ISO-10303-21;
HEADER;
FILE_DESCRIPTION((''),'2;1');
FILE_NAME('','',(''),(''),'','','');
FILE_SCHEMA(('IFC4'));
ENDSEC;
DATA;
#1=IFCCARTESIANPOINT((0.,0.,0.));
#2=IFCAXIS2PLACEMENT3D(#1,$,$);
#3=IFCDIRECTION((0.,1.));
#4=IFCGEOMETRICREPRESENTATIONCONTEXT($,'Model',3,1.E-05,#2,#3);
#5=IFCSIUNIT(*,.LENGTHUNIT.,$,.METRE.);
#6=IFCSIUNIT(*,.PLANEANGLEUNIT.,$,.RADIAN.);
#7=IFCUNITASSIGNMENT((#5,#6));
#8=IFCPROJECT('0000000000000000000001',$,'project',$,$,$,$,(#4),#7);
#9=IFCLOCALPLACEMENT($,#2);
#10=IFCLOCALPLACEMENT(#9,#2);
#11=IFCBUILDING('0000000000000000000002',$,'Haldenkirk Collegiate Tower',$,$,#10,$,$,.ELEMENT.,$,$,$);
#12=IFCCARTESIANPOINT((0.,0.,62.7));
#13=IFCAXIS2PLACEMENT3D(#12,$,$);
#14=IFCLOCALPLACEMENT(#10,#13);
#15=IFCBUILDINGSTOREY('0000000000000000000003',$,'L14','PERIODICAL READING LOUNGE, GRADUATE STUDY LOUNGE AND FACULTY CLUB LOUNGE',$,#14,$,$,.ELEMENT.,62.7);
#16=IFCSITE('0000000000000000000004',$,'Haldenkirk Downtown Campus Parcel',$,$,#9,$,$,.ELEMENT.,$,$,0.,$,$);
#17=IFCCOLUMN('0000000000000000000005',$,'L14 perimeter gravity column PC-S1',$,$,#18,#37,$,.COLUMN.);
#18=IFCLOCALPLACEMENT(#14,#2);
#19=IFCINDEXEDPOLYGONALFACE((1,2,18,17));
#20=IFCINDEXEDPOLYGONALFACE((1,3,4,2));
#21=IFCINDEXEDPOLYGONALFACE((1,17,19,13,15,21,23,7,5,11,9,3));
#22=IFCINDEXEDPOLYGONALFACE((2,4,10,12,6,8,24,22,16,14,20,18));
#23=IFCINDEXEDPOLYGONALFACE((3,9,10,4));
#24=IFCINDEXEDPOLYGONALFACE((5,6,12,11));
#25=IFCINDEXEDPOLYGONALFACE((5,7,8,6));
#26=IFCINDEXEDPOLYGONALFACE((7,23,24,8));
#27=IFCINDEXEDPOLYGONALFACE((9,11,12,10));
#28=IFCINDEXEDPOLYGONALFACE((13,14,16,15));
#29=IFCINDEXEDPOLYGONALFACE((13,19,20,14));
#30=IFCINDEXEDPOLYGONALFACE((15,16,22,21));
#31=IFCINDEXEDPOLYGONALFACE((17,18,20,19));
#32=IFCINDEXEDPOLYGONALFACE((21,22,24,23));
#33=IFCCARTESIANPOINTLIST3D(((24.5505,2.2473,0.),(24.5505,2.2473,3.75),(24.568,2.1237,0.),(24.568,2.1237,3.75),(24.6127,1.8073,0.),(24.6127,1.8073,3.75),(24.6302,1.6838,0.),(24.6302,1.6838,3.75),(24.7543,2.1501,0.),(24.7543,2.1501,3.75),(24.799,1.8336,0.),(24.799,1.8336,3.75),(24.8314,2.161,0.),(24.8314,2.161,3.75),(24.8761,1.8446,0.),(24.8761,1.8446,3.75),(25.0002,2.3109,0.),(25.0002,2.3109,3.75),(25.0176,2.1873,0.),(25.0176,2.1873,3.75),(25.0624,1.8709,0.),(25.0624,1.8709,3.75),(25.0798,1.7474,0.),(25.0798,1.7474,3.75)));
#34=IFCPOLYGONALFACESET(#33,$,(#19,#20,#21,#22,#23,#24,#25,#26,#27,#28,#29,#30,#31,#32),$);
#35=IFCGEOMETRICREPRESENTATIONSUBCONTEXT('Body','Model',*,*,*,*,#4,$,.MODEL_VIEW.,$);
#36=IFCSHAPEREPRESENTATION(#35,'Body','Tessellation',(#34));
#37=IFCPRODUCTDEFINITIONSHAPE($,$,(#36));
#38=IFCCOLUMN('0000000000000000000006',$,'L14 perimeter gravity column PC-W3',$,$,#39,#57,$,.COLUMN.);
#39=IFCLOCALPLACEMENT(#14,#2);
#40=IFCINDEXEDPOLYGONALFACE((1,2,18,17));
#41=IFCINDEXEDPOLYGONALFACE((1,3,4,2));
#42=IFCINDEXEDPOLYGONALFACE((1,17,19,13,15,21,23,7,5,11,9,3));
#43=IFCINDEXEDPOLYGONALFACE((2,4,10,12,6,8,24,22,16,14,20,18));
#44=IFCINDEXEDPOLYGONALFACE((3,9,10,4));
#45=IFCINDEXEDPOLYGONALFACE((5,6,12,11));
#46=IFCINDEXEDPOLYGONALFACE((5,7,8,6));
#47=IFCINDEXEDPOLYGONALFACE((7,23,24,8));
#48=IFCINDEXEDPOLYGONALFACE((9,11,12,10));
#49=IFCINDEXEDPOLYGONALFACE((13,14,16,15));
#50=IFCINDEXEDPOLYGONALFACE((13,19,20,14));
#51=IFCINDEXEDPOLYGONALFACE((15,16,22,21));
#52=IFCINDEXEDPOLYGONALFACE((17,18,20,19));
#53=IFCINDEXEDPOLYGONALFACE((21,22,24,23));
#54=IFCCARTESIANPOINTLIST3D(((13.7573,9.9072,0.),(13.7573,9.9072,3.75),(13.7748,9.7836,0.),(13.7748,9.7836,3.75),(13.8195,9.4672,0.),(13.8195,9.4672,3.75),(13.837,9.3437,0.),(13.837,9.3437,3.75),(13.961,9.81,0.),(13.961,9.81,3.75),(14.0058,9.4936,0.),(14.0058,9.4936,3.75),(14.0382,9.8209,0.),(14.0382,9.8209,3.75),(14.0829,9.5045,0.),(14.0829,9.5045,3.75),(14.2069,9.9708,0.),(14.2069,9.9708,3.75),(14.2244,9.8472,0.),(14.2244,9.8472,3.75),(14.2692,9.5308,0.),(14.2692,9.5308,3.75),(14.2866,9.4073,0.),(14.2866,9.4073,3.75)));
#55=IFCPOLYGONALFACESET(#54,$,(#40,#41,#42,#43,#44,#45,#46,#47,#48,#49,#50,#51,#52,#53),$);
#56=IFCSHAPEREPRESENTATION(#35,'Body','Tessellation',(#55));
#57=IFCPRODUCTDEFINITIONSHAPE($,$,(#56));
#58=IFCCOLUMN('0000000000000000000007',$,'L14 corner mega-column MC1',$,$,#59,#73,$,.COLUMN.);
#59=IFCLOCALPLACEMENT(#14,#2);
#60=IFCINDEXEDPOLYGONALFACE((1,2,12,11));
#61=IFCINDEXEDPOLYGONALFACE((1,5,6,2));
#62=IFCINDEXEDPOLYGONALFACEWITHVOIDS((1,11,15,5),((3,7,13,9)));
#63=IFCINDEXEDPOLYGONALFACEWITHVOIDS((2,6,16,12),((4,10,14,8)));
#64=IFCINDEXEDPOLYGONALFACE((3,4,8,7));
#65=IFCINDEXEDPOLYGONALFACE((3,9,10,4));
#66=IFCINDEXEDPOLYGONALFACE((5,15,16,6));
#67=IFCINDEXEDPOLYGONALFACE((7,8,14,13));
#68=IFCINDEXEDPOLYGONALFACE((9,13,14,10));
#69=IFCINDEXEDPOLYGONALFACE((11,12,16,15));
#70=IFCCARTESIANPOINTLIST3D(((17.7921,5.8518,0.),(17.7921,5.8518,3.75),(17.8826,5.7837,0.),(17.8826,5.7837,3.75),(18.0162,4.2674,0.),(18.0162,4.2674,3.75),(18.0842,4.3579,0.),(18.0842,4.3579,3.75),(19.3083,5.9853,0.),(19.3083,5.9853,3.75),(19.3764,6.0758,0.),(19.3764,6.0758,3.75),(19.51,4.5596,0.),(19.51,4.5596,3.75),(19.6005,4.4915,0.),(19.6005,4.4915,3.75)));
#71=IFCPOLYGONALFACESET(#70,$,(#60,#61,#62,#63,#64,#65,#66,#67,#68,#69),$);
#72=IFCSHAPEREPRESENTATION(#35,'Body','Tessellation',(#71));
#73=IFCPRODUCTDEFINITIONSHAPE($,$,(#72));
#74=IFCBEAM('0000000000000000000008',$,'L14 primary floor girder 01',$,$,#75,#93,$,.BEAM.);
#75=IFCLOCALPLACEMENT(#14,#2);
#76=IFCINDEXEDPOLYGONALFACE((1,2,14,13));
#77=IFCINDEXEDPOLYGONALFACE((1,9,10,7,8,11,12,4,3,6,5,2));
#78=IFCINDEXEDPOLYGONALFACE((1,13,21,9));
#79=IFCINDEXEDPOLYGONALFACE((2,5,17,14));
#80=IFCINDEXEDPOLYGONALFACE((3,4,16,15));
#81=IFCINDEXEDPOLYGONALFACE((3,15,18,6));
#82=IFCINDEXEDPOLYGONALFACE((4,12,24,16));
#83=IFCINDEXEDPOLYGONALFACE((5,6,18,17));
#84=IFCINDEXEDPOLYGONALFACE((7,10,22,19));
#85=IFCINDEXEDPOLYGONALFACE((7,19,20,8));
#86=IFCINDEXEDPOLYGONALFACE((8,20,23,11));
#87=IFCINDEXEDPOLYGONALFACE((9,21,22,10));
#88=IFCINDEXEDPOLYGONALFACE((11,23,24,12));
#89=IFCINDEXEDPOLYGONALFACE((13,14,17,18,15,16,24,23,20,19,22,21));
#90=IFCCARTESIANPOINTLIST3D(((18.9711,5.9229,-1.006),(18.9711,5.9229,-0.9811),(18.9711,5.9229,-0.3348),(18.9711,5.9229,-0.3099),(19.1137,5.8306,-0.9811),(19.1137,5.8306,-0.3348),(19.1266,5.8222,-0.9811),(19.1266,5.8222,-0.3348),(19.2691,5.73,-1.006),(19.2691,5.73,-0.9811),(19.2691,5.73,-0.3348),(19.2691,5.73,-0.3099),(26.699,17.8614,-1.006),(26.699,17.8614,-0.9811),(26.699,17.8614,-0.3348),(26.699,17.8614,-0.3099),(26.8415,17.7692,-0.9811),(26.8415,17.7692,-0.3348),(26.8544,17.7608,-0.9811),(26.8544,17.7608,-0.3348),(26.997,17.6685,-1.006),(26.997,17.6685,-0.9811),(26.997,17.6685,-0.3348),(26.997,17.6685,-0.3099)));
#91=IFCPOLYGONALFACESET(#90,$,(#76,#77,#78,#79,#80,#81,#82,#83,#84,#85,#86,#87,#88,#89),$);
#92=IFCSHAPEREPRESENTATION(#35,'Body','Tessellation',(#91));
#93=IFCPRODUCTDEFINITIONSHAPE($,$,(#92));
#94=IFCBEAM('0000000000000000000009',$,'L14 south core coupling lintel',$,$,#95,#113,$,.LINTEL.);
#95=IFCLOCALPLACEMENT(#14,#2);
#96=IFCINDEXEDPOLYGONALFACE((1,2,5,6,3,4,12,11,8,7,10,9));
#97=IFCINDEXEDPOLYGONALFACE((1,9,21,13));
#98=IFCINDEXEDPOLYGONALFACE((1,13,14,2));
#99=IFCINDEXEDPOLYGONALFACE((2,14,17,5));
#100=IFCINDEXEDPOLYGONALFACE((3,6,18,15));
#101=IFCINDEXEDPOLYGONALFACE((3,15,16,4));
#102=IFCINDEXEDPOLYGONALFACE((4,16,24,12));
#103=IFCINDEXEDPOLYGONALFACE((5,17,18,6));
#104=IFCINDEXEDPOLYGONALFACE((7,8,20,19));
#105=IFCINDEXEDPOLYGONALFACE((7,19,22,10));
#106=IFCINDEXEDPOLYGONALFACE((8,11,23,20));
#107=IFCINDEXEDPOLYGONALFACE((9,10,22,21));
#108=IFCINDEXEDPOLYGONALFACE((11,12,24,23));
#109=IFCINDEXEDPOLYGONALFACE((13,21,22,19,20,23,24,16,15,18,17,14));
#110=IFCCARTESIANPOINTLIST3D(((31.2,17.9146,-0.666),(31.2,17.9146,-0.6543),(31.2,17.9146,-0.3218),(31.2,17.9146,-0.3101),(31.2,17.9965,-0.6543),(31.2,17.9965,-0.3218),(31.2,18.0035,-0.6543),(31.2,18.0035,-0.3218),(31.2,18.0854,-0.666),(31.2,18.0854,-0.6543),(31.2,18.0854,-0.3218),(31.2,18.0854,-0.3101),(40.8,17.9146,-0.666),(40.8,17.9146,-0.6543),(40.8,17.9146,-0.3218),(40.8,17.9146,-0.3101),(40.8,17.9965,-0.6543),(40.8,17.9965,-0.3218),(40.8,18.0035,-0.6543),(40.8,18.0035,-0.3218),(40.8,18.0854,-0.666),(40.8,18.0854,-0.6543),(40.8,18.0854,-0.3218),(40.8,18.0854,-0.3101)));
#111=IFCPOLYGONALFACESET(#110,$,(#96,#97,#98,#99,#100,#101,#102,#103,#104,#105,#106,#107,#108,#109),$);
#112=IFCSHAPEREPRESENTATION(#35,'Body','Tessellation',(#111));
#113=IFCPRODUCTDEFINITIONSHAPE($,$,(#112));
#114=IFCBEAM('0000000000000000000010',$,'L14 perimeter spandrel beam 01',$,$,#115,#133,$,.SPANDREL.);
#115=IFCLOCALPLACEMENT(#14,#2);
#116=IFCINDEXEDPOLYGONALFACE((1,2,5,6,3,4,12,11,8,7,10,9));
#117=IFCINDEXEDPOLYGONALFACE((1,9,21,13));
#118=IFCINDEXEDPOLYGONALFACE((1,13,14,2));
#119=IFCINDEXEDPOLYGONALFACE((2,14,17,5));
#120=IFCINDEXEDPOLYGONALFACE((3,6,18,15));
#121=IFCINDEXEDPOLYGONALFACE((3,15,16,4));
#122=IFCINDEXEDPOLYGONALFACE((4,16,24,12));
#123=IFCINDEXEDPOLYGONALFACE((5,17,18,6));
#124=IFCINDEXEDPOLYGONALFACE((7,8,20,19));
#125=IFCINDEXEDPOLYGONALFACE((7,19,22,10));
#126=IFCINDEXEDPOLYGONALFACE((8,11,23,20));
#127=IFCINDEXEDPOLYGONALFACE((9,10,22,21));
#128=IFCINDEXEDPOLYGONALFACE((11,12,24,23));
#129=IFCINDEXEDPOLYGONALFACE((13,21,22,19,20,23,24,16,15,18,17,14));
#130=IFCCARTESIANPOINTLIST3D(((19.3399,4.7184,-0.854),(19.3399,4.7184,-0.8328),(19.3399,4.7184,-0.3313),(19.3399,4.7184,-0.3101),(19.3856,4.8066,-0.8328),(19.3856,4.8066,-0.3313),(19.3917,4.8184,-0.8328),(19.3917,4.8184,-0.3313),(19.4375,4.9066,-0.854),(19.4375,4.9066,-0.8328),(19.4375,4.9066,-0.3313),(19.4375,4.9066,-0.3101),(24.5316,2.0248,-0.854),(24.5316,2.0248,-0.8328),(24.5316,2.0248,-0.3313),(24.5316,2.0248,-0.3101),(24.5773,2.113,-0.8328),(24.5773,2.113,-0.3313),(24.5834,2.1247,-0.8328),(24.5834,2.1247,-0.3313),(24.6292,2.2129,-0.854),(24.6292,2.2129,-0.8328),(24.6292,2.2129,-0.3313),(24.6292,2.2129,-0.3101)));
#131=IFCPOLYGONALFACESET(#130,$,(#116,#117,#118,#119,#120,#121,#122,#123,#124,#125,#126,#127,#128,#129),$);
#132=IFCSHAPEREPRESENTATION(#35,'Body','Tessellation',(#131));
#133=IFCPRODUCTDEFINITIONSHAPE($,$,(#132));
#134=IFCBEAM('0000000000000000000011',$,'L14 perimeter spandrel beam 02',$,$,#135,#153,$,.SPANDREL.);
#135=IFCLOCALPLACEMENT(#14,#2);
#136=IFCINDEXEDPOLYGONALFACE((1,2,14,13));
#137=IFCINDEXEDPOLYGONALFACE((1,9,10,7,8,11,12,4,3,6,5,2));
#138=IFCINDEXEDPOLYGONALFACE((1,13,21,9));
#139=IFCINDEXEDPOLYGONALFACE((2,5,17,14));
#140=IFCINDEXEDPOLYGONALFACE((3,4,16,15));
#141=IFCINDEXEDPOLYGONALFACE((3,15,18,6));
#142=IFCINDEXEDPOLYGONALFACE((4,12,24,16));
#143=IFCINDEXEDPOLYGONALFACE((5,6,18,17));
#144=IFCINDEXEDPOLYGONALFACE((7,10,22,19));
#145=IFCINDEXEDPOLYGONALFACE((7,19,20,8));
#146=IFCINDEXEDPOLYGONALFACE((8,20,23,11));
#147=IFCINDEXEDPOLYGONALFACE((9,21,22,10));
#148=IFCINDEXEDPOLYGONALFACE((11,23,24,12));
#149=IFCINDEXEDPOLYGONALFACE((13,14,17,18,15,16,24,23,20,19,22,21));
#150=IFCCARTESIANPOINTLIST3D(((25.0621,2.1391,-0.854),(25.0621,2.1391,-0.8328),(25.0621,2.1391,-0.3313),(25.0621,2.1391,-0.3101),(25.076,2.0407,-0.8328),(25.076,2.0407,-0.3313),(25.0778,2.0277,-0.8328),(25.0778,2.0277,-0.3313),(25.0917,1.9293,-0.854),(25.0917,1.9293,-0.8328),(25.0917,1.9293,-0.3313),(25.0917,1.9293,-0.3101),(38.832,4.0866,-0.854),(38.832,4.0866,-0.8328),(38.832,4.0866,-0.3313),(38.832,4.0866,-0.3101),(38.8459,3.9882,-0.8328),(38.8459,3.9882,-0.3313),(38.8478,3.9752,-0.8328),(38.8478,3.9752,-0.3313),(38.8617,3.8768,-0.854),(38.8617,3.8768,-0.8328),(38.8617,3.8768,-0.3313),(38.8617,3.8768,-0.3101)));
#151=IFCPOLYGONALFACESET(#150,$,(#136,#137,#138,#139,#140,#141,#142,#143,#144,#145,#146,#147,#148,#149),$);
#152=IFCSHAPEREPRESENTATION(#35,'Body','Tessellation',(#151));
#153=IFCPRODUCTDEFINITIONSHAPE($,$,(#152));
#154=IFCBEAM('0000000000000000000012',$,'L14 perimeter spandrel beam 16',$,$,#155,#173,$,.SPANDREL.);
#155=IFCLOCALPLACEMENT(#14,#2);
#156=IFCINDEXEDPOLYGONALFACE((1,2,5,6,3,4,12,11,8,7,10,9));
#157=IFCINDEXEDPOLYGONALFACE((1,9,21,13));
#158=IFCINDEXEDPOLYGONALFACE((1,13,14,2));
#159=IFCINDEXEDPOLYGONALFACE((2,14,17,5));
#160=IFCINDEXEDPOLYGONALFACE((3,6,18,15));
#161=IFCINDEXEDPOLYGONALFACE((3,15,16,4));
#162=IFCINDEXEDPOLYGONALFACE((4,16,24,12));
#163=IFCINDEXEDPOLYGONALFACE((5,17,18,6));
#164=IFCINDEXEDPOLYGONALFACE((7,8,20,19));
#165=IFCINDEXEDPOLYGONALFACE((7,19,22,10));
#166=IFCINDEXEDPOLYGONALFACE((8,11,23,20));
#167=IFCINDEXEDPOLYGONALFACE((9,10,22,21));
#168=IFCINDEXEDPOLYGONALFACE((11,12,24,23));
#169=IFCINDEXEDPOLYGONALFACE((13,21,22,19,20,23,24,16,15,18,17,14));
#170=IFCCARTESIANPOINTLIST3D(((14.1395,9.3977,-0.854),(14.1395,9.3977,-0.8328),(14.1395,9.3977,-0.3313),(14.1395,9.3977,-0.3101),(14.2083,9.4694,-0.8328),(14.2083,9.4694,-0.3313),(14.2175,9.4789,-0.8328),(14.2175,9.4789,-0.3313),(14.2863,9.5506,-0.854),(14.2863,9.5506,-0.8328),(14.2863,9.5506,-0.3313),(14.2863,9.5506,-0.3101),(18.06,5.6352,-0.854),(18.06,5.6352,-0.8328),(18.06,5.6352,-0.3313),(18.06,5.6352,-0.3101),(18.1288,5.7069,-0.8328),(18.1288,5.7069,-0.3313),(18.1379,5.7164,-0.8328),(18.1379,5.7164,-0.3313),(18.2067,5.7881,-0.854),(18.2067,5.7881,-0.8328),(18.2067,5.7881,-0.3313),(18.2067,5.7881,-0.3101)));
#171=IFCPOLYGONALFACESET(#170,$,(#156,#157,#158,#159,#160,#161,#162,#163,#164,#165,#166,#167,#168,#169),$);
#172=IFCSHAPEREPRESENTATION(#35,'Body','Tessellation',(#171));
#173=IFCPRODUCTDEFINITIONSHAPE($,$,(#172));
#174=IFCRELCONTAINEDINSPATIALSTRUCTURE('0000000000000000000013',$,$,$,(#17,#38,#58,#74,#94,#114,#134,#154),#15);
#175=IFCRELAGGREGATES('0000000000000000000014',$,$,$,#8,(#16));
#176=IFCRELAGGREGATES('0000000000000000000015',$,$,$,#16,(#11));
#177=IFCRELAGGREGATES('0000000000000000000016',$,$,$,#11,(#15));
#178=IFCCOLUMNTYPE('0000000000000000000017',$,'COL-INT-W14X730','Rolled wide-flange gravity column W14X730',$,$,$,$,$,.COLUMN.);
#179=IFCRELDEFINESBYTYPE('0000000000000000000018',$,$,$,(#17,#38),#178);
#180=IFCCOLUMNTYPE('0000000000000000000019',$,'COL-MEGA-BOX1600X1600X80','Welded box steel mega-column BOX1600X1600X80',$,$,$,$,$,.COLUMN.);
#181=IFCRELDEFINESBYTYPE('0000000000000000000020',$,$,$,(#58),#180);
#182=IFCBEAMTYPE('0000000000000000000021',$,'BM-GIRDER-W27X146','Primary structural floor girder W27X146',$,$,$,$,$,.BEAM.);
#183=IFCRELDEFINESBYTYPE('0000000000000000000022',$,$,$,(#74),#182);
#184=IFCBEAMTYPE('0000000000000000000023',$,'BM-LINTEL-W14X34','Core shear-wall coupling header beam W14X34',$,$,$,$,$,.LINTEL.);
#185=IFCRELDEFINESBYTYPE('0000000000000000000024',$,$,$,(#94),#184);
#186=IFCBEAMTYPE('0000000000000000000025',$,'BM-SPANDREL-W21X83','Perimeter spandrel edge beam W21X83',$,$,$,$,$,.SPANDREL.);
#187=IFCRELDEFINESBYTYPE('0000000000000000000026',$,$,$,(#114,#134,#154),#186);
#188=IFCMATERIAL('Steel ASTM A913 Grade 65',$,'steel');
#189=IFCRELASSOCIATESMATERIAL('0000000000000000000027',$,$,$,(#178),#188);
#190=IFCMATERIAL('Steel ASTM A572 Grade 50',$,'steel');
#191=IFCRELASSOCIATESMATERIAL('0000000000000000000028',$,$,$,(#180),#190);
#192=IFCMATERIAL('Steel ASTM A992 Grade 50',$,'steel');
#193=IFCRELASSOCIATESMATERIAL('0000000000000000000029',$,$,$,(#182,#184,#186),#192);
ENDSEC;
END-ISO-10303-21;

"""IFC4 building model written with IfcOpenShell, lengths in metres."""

from ifc_helpers import new_model, si_unit, direction, frame, origin, origin_2d, place, context, subcontext, project, spatial, hollow_rectangle, i_section, extrude, material, material_profile, profile_set, type_object, element, save


model = new_model("IFC4")

# Units and contexts
model_context = context("Model", 3, precision=1e-05, world=origin(), true_north=direction((0.0, 1.0)))
body_context = subcontext(model_context, "Body", "Model", "MODEL_VIEW")
ifc_project = project(units=[si_unit("LENGTHUNIT", "METRE"), si_unit("PLANEANGLEUNIT", "RADIAN")], contexts=[model_context])

# Site, building, storey
site_placement = place(None, origin())
site = spatial("IfcSite", under=ifc_project, at=site_placement, Name="Haldenkirk Downtown Campus Parcel", CompositionType="ELEMENT", RefElevation=0.0)
building_placement = place(site_placement, origin())
building = spatial("IfcBuilding", under=site, at=building_placement, Name="Haldenkirk Collegiate Tower", CompositionType="ELEMENT")
storey_placement = place(building_placement, frame((0.0, 0.0, 62.7)))
storey = spatial("IfcBuildingStorey", under=building, at=storey_placement, Name="L14", Description="PERIODICAL READING LOUNGE, GRADUATE STUDY LOUNGE AND FACULTY CLUB LOUNGE", CompositionType="ELEMENT", Elevation=62.7)

# Columns
ifc_material_1 = material(Name="Steel ASTM A913 Grade 65", Category="steel")
ifc_material_profile_1 = material_profile(ifc_material_1, i_section(OverallWidth=0.4541, OverallDepth=0.5691, WebThickness=0.0779, FlangeThickness=0.1248, at=origin_2d()), Name="W14X730")
ifc_profile_set_1 = profile_set([ifc_material_profile_1], Name="Steel ASTM A913 Grade 65")
column_type_1 = type_object("IfcColumnType", Name="COL-INT-W14X730", Description="Rolled wide-flange gravity column W14X730", PredefinedType="COLUMN", material=ifc_profile_set_1)
for number, where, z_axis, x_axis, name in (
    (1, (24.8152, 1.9973, 0.0), (0.0, 0.0, 1.0), (0.990146, 0.140037, 0.0), "L14 perimeter gravity column PC-S1"),
    (2, (14.022, 9.6572, 0.0), (0.0, 0.0, 1.0), (0.990146, 0.140037, 0.0), "L14 perimeter gravity column PC-W3"),
):
    element("IfcColumn", number, at=place(storey_placement, frame(where, z_axis=z_axis, x_axis=x_axis)), inside=storey, type_object=column_type_1, Name=name, PredefinedType="COLUMN", context=body_context, shape_type="SweptSolid", body=[
        extrude(i_section(OverallWidth=0.4541, OverallDepth=0.5691, WebThickness=0.0779, FlangeThickness=0.1248, at=origin_2d()), origin(), (0.0, 0.0, 1.0), 3.75),
    ])
ifc_material_2 = material(Name="Steel ASTM A572 Grade 50", Category="steel")
ifc_material_profile_2 = material_profile(ifc_material_2, hollow_rectangle(XDim=1.6001, YDim=1.6001, WallThickness=0.0801, at=origin_2d()), Name="BOX1600X1600X80")
ifc_profile_set_2 = profile_set([ifc_material_profile_2], Name="Steel ASTM A572 Grade 50")
column_type_2 = type_object("IfcColumnType", Name="COL-MEGA-BOX1600X1600X80", Description="Welded box steel mega-column BOX1600X1600X80", PredefinedType="COLUMN", material=ifc_profile_set_2)
column_placement = place(storey_placement, frame((18.6963, 5.1716, 0.0), z_axis=(0.0, 0.0, 1.0), x_axis=(0.990146, 0.140037, 0.0)))
element("IfcColumn", 3, at=column_placement, inside=storey, type_object=column_type_2, Name="L14 corner mega-column MC1", PredefinedType="COLUMN", context=body_context, shape_type="SweptSolid", body=[
    extrude(hollow_rectangle(XDim=1.6001, YDim=1.6001, WallThickness=0.0801, at=origin_2d()), origin(), (0.0, 0.0, 1.0), 3.75),
])

# Beams
ifc_material_3 = material(Name="Steel ASTM A992 Grade 50", Category="steel")
ifc_material_profile_3 = material_profile(ifc_material_3, i_section(OverallWidth=0.355, OverallDepth=0.696, WebThickness=0.0154, FlangeThickness=0.0249, at=origin_2d()), Name="W27X146")
ifc_profile_set_3 = profile_set([ifc_material_profile_3], Name="Steel ASTM A992 Grade 50")
beam_type_1 = type_object("IfcBeamType", Name="BM-GIRDER-W27X146", Description="Primary structural floor girder W27X146", PredefinedType="BEAM", material=ifc_profile_set_3)
beam_1_placement = place(storey_placement, frame((19.1201, 5.8264, -0.658), z_axis=(0.543394, 0.839478, 0.0), x_axis=(-0.839478, 0.543394, 0.0)))
element("IfcBeam", 4, at=beam_1_placement, inside=storey, type_object=beam_type_1, Name="L14 primary floor girder 01", PredefinedType="BEAM", context=body_context, shape_type="SweptSolid", body=[
    extrude(i_section(OverallWidth=0.355, OverallDepth=0.696, WebThickness=0.0154, FlangeThickness=0.0249, at=origin_2d()), origin(), (0.0, 0.0, 1.0), 14.2214),
])
ifc_material_profile_4 = material_profile(ifc_material_3, i_section(OverallWidth=0.1709, OverallDepth=0.356, WebThickness=0.0071, FlangeThickness=0.0117, at=origin_2d()), Name="W14X34")
ifc_profile_set_4 = profile_set([ifc_material_profile_4], Name="Steel ASTM A992 Grade 50")
beam_type_2 = type_object("IfcBeamType", Name="BM-LINTEL-W14X34", Description="Core shear-wall coupling header beam W14X34", PredefinedType="LINTEL", material=ifc_profile_set_4)
beam_2_placement = place(storey_placement, frame((31.2, 18.0, -0.488), z_axis=(1.0, 0.0, 0.0), x_axis=(0.0, 1.0, 0.0)))
element("IfcBeam", 5, at=beam_2_placement, inside=storey, type_object=beam_type_2, Name="L14 south core coupling lintel", PredefinedType="LINTEL", context=body_context, shape_type="SweptSolid", body=[
    extrude(i_section(OverallWidth=0.1709, OverallDepth=0.356, WebThickness=0.0071, FlangeThickness=0.0117, at=origin_2d()), origin(), (0.0, 0.0, 1.0), 9.6001),
])
ifc_material_profile_5 = material_profile(ifc_material_3, i_section(OverallWidth=0.2119, OverallDepth=0.5439, WebThickness=0.0132, FlangeThickness=0.0212, at=origin_2d()), Name="W21X83")
ifc_profile_set_5 = profile_set([ifc_material_profile_5], Name="Steel ASTM A992 Grade 50")
beam_type_3 = type_object("IfcBeamType", Name="BM-SPANDREL-W21X83", Description="Perimeter spandrel edge beam W21X83", PredefinedType="SPANDREL", material=ifc_profile_set_5)
beam_3_placement = place(storey_placement, frame((19.3887, 4.8125, -0.582), z_axis=(0.88764, -0.460538, 0.0), x_axis=(0.460538, 0.88764, 0.0)))
element("IfcBeam", 6, at=beam_3_placement, inside=storey, type_object=beam_type_3, Name="L14 perimeter spandrel beam 01", PredefinedType="SPANDREL", context=body_context, shape_type="SweptSolid", body=[
    extrude(i_section(OverallWidth=0.2119, OverallDepth=0.5439, WebThickness=0.0132, FlangeThickness=0.0212, at=origin_2d()), origin(), (0.0, 0.0, 1.0), 5.8489),
])
beam_4_placement = place(storey_placement, frame((25.0769, 2.0342, -0.582), z_axis=(0.990146, 0.140038, 0.0), x_axis=(-0.140038, 0.990146, 0.0)))
element("IfcBeam", 7, at=beam_4_placement, inside=storey, type_object=beam_type_3, Name="L14 perimeter spandrel beam 02", PredefinedType="SPANDREL", context=body_context, shape_type="SweptSolid", body=[
    extrude(i_section(OverallWidth=0.2119, OverallDepth=0.5439, WebThickness=0.0132, FlangeThickness=0.0212, at=origin_2d()), origin(), (0.0, 0.0, 1.0), 13.907),
])
beam_5_placement = place(storey_placement, frame((14.2129, 9.4741, -0.582), z_axis=(0.721492, -0.692422, 0.0), x_axis=(0.692422, 0.721492, 0.0)))
element("IfcBeam", 8, at=beam_5_placement, inside=storey, type_object=beam_type_3, Name="L14 perimeter spandrel beam 16", PredefinedType="SPANDREL", context=body_context, shape_type="SweptSolid", body=[
    extrude(i_section(OverallWidth=0.2119, OverallDepth=0.5439, WebThickness=0.0132, FlangeThickness=0.0212, at=origin_2d()), origin(), (0.0, 0.0, 1.0), 5.4338),
])

save(model, "model.ifc")
